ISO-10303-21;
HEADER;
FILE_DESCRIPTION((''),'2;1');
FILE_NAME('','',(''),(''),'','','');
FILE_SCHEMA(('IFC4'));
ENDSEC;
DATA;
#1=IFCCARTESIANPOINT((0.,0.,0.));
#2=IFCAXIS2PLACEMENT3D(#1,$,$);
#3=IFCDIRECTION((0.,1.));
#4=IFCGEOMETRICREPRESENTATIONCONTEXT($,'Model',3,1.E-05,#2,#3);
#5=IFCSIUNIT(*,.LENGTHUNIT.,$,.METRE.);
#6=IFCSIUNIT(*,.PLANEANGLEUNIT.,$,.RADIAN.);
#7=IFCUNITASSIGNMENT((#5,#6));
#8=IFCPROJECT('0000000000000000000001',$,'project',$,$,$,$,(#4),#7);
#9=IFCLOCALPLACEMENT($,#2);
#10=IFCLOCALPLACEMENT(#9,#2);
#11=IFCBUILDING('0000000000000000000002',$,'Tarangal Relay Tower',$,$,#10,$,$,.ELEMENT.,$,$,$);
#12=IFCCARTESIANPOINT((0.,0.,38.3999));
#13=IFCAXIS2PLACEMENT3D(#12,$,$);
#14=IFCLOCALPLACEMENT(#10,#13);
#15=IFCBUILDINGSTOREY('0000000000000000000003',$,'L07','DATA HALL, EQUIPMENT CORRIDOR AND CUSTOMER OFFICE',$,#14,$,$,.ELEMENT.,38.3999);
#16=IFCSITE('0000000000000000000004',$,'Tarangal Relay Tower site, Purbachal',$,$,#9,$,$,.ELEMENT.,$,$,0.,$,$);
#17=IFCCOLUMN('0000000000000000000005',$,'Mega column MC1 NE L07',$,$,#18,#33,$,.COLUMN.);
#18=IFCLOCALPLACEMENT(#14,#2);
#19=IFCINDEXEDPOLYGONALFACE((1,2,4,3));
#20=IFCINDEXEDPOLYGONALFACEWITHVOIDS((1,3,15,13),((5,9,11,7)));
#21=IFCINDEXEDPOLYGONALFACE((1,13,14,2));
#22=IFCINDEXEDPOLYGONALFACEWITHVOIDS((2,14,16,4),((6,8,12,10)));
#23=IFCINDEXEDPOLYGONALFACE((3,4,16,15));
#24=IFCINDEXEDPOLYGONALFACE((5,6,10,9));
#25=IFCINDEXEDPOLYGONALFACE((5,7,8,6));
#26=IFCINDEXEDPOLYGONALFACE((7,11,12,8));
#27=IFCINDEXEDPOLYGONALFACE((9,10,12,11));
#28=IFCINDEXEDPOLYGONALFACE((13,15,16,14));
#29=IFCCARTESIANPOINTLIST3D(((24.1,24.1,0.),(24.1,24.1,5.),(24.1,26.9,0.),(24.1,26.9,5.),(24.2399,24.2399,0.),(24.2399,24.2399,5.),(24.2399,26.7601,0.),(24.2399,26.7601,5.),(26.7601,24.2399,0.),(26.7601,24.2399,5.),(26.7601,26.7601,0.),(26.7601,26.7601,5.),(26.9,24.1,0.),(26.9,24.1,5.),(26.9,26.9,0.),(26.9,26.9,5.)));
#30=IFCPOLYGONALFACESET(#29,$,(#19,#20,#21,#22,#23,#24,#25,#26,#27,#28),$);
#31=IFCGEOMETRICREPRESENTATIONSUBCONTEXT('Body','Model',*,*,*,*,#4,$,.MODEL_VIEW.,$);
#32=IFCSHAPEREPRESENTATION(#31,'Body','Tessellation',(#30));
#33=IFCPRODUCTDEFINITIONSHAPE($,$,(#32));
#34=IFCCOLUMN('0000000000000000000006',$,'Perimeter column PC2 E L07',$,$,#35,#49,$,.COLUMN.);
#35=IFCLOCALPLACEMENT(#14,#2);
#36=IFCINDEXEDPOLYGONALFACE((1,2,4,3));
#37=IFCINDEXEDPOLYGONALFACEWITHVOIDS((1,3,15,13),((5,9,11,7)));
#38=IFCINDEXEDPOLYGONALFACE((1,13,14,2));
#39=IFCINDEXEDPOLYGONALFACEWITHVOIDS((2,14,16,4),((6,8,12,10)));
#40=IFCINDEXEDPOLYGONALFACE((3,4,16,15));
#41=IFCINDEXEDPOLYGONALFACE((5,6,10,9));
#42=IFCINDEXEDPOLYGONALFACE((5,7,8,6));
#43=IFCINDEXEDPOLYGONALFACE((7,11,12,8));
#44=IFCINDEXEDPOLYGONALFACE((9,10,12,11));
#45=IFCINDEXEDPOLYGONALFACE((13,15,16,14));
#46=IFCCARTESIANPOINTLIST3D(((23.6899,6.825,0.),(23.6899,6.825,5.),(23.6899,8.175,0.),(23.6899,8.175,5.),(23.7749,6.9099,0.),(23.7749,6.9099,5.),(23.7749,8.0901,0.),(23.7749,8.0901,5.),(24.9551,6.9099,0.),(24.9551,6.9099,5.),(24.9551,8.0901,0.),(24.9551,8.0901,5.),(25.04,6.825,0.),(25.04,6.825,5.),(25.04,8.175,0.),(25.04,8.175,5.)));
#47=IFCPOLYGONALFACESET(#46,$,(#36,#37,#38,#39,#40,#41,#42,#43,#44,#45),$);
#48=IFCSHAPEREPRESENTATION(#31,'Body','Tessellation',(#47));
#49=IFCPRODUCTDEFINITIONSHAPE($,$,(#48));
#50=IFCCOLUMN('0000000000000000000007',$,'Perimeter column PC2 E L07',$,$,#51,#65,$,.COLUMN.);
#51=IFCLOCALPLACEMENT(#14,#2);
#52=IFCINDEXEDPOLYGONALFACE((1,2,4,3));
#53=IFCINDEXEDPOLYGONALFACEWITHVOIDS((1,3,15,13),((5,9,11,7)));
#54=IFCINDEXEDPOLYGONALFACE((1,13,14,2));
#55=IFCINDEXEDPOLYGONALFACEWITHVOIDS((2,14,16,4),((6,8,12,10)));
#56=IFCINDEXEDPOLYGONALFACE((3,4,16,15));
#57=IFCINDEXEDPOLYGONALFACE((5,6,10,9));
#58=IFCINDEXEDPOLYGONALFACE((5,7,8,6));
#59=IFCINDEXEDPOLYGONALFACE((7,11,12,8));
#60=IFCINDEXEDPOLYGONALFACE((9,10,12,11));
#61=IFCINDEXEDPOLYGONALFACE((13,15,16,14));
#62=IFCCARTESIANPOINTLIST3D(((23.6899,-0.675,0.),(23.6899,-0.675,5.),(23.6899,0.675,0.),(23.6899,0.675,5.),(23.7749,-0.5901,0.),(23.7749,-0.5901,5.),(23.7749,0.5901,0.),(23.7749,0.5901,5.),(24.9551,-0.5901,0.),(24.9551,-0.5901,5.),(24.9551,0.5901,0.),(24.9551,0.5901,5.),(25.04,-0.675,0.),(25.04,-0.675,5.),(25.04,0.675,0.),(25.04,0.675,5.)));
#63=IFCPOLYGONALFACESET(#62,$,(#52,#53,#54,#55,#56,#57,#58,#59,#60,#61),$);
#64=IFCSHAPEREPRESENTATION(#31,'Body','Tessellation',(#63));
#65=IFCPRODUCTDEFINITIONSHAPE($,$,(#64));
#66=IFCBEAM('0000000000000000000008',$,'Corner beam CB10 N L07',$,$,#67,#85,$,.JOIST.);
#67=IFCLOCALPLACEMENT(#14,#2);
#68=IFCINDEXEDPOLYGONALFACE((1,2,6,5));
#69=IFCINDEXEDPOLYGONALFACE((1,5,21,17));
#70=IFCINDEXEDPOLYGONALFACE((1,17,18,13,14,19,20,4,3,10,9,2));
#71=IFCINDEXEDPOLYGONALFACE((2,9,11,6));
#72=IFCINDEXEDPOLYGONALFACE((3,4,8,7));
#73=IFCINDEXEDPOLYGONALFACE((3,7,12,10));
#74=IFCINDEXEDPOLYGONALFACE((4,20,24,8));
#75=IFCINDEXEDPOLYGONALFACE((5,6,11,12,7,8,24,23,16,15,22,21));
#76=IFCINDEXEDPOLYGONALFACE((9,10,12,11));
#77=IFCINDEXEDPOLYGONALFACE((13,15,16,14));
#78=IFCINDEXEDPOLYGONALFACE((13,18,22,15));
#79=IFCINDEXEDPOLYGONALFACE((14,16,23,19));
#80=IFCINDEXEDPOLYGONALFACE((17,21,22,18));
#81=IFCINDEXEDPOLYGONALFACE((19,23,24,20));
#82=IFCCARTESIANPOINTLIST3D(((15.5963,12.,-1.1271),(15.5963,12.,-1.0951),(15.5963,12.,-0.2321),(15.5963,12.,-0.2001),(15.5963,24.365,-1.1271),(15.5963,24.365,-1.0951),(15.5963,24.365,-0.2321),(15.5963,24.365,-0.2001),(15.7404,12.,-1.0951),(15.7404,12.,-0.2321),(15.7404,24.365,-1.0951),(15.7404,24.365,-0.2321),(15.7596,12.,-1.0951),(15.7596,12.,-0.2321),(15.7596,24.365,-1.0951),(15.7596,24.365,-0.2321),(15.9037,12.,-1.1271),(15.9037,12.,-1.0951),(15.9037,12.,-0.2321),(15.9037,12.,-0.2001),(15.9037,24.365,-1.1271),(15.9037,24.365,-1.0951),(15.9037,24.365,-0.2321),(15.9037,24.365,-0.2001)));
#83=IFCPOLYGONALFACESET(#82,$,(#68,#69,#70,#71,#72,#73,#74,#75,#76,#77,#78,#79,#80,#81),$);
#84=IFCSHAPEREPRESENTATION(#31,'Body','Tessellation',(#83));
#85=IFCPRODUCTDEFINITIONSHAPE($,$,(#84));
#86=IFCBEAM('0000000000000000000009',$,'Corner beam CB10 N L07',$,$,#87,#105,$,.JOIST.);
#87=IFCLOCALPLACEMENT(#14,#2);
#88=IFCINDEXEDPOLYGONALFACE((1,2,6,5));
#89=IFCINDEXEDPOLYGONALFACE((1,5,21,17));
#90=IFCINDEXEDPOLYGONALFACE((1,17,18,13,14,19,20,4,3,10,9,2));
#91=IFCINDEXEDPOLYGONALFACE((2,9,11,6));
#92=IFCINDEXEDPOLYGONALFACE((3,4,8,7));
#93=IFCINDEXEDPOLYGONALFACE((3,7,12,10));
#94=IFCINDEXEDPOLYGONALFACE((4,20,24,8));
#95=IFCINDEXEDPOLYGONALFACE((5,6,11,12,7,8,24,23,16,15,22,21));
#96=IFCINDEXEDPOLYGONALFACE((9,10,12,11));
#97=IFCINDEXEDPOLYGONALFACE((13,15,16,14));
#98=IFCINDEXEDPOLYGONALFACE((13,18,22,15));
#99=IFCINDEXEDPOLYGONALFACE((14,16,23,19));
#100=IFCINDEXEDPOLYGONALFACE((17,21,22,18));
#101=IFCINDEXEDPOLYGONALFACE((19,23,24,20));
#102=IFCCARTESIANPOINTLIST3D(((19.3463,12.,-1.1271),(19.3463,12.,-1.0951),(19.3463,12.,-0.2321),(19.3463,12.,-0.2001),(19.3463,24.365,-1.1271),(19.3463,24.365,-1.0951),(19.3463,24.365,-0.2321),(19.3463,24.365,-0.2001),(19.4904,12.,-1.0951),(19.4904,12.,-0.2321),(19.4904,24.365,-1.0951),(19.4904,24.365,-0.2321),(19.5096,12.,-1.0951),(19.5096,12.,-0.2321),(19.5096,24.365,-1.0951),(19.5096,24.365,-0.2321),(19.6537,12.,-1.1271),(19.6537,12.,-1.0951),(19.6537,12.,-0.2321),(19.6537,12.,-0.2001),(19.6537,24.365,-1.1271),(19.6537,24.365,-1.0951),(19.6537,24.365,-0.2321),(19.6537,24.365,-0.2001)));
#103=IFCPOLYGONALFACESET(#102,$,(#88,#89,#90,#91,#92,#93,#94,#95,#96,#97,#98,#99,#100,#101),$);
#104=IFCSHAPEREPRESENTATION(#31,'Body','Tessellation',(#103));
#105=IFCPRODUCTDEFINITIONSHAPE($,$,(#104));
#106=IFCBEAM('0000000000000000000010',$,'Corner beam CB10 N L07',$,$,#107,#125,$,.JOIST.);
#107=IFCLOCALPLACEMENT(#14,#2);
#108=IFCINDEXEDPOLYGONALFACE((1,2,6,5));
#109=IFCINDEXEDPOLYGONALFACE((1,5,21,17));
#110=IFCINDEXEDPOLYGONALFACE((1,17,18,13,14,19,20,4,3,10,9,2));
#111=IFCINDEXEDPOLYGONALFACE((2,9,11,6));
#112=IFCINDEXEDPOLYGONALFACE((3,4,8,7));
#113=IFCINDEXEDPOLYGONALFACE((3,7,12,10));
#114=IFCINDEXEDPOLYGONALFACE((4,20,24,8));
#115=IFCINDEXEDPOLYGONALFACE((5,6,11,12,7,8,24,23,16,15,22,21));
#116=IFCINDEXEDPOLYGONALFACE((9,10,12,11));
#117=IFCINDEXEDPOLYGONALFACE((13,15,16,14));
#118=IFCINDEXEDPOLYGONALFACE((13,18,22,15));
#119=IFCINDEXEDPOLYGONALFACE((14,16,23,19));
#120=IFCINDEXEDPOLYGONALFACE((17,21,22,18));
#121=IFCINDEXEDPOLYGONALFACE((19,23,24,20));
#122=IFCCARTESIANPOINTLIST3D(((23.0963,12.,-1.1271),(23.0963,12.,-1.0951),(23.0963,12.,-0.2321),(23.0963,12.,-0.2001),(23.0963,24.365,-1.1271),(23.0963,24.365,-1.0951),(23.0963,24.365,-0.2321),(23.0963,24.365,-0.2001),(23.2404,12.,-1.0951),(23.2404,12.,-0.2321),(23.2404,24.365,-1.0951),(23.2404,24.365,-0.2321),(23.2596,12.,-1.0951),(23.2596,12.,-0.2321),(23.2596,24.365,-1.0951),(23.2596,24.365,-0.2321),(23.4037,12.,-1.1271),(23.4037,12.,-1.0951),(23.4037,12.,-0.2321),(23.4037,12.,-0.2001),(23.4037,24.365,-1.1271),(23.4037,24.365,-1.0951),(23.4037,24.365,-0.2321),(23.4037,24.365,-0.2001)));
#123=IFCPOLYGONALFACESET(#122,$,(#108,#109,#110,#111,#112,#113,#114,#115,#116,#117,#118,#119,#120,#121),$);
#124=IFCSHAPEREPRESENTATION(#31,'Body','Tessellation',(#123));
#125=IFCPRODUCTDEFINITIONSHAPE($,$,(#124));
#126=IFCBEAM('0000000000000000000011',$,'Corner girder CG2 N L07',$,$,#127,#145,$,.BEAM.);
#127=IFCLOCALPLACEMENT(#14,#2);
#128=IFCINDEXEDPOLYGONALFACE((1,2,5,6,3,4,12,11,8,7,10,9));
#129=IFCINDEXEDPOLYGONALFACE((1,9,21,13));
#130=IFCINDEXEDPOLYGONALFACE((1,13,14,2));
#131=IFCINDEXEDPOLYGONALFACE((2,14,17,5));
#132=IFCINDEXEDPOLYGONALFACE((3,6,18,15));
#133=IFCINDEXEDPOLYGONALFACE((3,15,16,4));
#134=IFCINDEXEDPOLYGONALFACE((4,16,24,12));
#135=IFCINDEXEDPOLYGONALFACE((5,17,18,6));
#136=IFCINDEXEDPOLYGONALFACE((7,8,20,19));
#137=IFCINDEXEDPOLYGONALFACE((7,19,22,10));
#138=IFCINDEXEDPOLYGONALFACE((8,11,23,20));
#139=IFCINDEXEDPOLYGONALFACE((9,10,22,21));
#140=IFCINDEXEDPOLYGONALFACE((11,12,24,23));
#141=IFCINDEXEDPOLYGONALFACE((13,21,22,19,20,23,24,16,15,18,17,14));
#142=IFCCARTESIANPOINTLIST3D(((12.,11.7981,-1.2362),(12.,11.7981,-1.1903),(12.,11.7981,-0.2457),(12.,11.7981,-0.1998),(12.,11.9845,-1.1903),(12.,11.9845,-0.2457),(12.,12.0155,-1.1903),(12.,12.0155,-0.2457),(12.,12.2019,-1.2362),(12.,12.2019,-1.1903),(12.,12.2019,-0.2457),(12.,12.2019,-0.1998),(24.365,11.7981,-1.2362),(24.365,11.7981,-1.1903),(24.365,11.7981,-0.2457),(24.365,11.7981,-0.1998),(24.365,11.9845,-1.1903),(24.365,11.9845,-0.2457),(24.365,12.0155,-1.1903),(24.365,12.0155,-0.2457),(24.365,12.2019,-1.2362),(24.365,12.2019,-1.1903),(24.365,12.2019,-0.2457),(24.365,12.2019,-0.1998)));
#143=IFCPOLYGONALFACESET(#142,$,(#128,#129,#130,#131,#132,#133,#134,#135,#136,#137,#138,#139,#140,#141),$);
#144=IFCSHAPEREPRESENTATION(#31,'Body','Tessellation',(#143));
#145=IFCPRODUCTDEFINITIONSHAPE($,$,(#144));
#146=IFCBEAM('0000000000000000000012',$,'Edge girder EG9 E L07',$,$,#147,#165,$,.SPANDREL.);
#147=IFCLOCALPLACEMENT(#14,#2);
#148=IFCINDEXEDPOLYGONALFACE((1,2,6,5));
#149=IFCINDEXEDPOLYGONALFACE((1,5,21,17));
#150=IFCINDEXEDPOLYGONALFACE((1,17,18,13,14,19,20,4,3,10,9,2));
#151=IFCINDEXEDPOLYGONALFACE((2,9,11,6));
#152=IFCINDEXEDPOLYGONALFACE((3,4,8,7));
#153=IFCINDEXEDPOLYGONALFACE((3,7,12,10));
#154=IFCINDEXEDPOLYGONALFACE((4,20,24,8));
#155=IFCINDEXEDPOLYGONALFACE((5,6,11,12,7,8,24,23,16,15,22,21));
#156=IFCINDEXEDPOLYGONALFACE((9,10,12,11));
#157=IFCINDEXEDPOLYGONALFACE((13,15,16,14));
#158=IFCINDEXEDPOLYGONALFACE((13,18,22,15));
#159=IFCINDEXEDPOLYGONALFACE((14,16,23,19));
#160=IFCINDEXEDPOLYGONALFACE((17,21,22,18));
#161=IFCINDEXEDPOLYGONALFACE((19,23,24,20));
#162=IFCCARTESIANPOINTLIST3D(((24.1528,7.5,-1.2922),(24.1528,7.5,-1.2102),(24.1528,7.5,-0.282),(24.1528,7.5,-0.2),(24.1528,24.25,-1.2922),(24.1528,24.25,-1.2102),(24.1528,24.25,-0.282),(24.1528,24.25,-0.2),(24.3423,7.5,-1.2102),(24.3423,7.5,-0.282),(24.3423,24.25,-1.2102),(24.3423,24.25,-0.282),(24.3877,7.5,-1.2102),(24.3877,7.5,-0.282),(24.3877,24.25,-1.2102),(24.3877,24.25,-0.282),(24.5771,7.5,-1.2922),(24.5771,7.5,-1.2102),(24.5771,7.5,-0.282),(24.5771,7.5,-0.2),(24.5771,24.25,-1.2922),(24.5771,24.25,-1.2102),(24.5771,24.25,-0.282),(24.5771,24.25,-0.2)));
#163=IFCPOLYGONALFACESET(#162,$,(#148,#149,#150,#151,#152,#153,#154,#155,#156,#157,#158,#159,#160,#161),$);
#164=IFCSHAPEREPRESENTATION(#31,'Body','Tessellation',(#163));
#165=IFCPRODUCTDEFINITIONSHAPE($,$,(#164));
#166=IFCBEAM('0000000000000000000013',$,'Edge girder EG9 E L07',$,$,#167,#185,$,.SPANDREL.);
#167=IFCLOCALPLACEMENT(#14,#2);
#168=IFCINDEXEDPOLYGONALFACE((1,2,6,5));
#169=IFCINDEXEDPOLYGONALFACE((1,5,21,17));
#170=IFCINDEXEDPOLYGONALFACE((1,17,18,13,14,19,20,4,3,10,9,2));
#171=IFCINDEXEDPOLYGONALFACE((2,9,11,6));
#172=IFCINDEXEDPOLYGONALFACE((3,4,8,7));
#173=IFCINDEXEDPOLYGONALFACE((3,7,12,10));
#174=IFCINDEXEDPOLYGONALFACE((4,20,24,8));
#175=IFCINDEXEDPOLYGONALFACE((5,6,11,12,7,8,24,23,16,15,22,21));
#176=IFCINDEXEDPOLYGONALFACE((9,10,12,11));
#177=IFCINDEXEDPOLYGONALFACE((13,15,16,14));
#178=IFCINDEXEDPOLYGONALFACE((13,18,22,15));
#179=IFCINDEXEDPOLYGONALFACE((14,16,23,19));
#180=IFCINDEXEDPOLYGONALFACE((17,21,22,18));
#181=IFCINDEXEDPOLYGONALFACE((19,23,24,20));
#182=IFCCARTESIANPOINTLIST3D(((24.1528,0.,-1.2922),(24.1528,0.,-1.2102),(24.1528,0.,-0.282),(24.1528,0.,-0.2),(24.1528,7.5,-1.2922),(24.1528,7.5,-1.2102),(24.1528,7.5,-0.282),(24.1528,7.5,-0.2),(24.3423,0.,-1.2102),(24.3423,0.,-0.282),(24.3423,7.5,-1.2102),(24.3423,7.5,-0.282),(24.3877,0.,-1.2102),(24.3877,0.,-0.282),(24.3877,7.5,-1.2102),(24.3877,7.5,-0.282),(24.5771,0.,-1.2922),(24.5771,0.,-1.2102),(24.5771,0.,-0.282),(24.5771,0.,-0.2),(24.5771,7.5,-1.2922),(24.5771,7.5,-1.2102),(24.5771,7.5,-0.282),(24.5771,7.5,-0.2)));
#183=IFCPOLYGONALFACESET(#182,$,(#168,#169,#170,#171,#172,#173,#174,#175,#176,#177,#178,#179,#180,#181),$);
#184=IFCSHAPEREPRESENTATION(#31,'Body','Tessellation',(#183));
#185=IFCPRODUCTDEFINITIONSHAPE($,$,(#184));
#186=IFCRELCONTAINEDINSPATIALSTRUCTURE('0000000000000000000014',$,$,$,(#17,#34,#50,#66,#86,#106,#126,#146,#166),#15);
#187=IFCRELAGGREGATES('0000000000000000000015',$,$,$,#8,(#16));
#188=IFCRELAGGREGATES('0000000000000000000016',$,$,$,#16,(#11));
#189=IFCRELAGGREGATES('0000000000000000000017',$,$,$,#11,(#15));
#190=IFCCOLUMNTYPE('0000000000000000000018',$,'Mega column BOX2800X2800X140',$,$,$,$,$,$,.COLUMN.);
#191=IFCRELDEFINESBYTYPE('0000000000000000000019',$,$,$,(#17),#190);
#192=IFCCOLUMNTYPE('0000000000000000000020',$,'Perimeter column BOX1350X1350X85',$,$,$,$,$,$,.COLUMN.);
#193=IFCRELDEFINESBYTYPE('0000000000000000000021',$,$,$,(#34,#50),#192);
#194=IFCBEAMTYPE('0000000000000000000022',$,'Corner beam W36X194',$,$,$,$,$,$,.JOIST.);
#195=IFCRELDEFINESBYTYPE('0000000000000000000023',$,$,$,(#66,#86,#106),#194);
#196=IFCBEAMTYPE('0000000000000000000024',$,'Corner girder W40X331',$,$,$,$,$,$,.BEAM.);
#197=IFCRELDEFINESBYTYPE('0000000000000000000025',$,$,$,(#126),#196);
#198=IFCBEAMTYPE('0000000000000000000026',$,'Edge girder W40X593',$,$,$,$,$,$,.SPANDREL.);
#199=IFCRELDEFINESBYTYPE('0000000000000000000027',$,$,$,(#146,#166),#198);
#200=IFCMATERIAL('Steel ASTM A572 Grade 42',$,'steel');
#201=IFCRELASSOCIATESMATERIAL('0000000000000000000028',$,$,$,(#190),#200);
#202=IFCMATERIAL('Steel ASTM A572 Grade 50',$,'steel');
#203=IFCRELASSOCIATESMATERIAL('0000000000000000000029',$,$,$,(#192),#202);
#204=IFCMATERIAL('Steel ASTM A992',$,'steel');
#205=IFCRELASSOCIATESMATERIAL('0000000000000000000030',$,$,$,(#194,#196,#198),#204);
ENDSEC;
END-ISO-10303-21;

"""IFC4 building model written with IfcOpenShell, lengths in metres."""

from ifc_helpers import new_model, si_unit, direction, frame, origin, origin_2d, place, context, subcontext, project, spatial, hollow_rectangle, i_section, extrude, material, material_profile, profile_set, type_object, element, save


model = new_model("IFC4")

# Units and contexts
model_context = context("Model", 3, precision=1e-05, world=origin(), true_north=direction((0.0, 1.0)))
body_context = subcontext(model_context, "Body", "Model", "MODEL_VIEW")
ifc_project = project(units=[si_unit("LENGTHUNIT", "METRE"), si_unit("PLANEANGLEUNIT", "RADIAN")], contexts=[model_context])

# Site, building, storey
site_placement = place(None, origin())
site = spatial("IfcSite", under=ifc_project, at=site_placement, Name="Tarangal Relay Tower site, Purbachal", CompositionType="ELEMENT", RefElevation=0.0)
building_placement = place(site_placement, origin())
building = spatial("IfcBuilding", under=site, at=building_placement, Name="Tarangal Relay Tower", CompositionType="ELEMENT")
storey_placement = place(building_placement, frame((0.0, 0.0, 38.3999)))
storey = spatial("IfcBuildingStorey", under=building, at=storey_placement, Name="L07", Description="DATA HALL, EQUIPMENT CORRIDOR AND CUSTOMER OFFICE", CompositionType="ELEMENT", Elevation=38.3999)

# Columns
ifc_material_1 = material(Name="Steel ASTM A572 Grade 42", Category="steel")
ifc_material_profile_1 = material_profile(ifc_material_1, hollow_rectangle(XDim=2.8, YDim=2.8, WallThickness=0.1399, at=origin_2d()), Name="BOX2800X2800X140")
ifc_profile_set_1 = profile_set([ifc_material_profile_1], Name="Steel ASTM A572 Grade 42")
column_type_1 = type_object("IfcColumnType", Name="Mega column BOX2800X2800X140", PredefinedType="COLUMN", material=ifc_profile_set_1)
column_placement = place(storey_placement, frame((25.5, 25.5, 0.0), z_axis=(0.0, 0.0, 1.0), x_axis=(1.0, 0.0, 0.0)))
element("IfcColumn", 1, at=column_placement, inside=storey, type_object=column_type_1, Name="Mega column MC1 NE L07", PredefinedType="COLUMN", context=body_context, shape_type="SweptSolid", body=[
    extrude(hollow_rectangle(XDim=2.8, YDim=2.8, WallThickness=0.1399, at=origin_2d()), origin(), (0.0, 0.0, 1.0), 5.0),
])
ifc_material_2 = material(Name="Steel ASTM A572 Grade 50", Category="steel")
ifc_material_profile_2 = material_profile(ifc_material_2, hollow_rectangle(XDim=1.3501, YDim=1.3501, WallThickness=0.085, at=origin_2d()), Name="BOX1350X1350X85")
ifc_profile_set_2 = profile_set([ifc_material_profile_2], Name="Steel ASTM A572 Grade 50")
column_type_2 = type_object("IfcColumnType", Name="Perimeter column BOX1350X1350X85", PredefinedType="COLUMN", material=ifc_profile_set_2)
for number, where, z_axis, x_axis, name in (
    (2, (24.365, 7.5, 0.0), (0.0, 0.0, 1.0), (1.0, 0.0, 0.0), "Perimeter column PC2 E L07"),
    (3, (24.365, 0.0, 0.0), (0.0, 0.0, 1.0), (1.0, 0.0, 0.0), "Perimeter column PC2 E L07"),
):
    element("IfcColumn", number, at=place(storey_placement, frame(where, z_axis=z_axis, x_axis=x_axis)), inside=storey, type_object=column_type_2, Name=name, PredefinedType="COLUMN", context=body_context, shape_type="SweptSolid", body=[
        extrude(hollow_rectangle(XDim=1.3501, YDim=1.3501, WallThickness=0.085, at=origin_2d()), origin(), (0.0, 0.0, 1.0), 5.0),
    ])

# Beams
ifc_material_3 = material(Name="Steel ASTM A992", Category="steel")
ifc_material_profile_3 = material_profile(ifc_material_3, i_section(OverallWidth=0.3074, OverallDepth=0.927, WebThickness=0.0193, FlangeThickness=0.032, at=origin_2d()), Name="W36X194")
ifc_profile_set_3 = profile_set([ifc_material_profile_3], Name="Steel ASTM A992")
beam_type_1 = type_object("IfcBeamType", Name="Corner beam W36X194", PredefinedType="JOIST", material=ifc_profile_set_3)
for number, where, z_axis, x_axis, name in (
    (4, (15.75, 12.0, -0.6636), (0.0, 1.0, 0.0), (-1.0, 0.0, 0.0), "Corner beam CB10 N L07"),
    (5, (19.5, 12.0, -0.6636), (0.0, 1.0, 0.0), (-1.0, 0.0, 0.0), "Corner beam CB10 N L07"),
    (6, (23.25, 12.0, -0.6636), (0.0, 1.0, 0.0), (-1.0, 0.0, 0.0), "Corner beam CB10 N L07"),
):
    element("IfcBeam", number, at=place(storey_placement, frame(where, z_axis=z_axis, x_axis=x_axis)), inside=storey, type_object=beam_type_1, Name=name, PredefinedType="JOIST", context=body_context, shape_type="SweptSolid", body=[
        extrude(i_section(OverallWidth=0.3074, OverallDepth=0.927, WebThickness=0.0193, FlangeThickness=0.032, at=origin_2d()), origin(), (0.0, 0.0, 1.0), 12.365),
    ])
ifc_material_profile_4 = material_profile(ifc_material_3, i_section(OverallWidth=0.4038, OverallDepth=1.0364, WebThickness=0.031, FlangeThickness=0.0459, at=origin_2d()), Name="W40X331")
ifc_profile_set_4 = profile_set([ifc_material_profile_4], Name="Steel ASTM A992")
beam_type_2 = type_object("IfcBeamType", Name="Corner girder W40X331", PredefinedType="BEAM", material=ifc_profile_set_4)
beam_1_placement = place(storey_placement, frame((12.0, 12.0, -0.718), z_axis=(1.0, 0.0, 0.0), x_axis=(0.0, 1.0, 0.0)))
element("IfcBeam", 7, at=beam_1_placement, inside=storey, type_object=beam_type_2, Name="Corner girder CG2 N L07", PredefinedType="BEAM", context=body_context, shape_type="SweptSolid", body=[
    extrude(i_section(OverallWidth=0.4038, OverallDepth=1.0364, WebThickness=0.031, FlangeThickness=0.0459, at=origin_2d()), origin(), (0.0, 0.0, 1.0), 12.365),
])
ifc_material_profile_5 = material_profile(ifc_material_3, i_section(OverallWidth=0.4243, OverallDepth=1.0923, WebThickness=0.0454, FlangeThickness=0.082, at=origin_2d()), Name="W40X593")
ifc_profile_set_5 = profile_set([ifc_material_profile_5], Name="Steel ASTM A992")
beam_type_3 = type_object("IfcBeamType", Name="Edge girder W40X593", PredefinedType="SPANDREL", material=ifc_profile_set_5)
beam_2_placement = place(storey_placement, frame((24.365, 24.25, -0.7461), z_axis=(0.0, -1.0, 0.0), x_axis=(1.0, 0.0, 0.0)))
element("IfcBeam", 8, at=beam_2_placement, inside=storey, type_object=beam_type_3, Name="Edge girder EG9 E L07", PredefinedType="SPANDREL", context=body_context, shape_type="SweptSolid", body=[
    extrude(i_section(OverallWidth=0.4243, OverallDepth=1.0923, WebThickness=0.0454, FlangeThickness=0.082, at=origin_2d()), origin(), (0.0, 0.0, 1.0), 16.75),
])
for number, where, z_axis, x_axis, name in (
    (9, (24.365, 7.5, -0.7461), (0.0, -1.0, 0.0), (1.0, 0.0, 0.0), "Edge girder EG9 E L07"),
):
    element("IfcBeam", number, at=place(storey_placement, frame(where, z_axis=z_axis, x_axis=x_axis)), inside=storey, type_object=beam_type_3, Name=name, PredefinedType="SPANDREL", context=body_context, shape_type="SweptSolid", body=[
        extrude(i_section(OverallWidth=0.4243, OverallDepth=1.0923, WebThickness=0.0454, FlangeThickness=0.082, at=origin_2d()), origin(), (0.0, 0.0, 1.0), 7.5),
    ])

save(model, "model.ifc")
